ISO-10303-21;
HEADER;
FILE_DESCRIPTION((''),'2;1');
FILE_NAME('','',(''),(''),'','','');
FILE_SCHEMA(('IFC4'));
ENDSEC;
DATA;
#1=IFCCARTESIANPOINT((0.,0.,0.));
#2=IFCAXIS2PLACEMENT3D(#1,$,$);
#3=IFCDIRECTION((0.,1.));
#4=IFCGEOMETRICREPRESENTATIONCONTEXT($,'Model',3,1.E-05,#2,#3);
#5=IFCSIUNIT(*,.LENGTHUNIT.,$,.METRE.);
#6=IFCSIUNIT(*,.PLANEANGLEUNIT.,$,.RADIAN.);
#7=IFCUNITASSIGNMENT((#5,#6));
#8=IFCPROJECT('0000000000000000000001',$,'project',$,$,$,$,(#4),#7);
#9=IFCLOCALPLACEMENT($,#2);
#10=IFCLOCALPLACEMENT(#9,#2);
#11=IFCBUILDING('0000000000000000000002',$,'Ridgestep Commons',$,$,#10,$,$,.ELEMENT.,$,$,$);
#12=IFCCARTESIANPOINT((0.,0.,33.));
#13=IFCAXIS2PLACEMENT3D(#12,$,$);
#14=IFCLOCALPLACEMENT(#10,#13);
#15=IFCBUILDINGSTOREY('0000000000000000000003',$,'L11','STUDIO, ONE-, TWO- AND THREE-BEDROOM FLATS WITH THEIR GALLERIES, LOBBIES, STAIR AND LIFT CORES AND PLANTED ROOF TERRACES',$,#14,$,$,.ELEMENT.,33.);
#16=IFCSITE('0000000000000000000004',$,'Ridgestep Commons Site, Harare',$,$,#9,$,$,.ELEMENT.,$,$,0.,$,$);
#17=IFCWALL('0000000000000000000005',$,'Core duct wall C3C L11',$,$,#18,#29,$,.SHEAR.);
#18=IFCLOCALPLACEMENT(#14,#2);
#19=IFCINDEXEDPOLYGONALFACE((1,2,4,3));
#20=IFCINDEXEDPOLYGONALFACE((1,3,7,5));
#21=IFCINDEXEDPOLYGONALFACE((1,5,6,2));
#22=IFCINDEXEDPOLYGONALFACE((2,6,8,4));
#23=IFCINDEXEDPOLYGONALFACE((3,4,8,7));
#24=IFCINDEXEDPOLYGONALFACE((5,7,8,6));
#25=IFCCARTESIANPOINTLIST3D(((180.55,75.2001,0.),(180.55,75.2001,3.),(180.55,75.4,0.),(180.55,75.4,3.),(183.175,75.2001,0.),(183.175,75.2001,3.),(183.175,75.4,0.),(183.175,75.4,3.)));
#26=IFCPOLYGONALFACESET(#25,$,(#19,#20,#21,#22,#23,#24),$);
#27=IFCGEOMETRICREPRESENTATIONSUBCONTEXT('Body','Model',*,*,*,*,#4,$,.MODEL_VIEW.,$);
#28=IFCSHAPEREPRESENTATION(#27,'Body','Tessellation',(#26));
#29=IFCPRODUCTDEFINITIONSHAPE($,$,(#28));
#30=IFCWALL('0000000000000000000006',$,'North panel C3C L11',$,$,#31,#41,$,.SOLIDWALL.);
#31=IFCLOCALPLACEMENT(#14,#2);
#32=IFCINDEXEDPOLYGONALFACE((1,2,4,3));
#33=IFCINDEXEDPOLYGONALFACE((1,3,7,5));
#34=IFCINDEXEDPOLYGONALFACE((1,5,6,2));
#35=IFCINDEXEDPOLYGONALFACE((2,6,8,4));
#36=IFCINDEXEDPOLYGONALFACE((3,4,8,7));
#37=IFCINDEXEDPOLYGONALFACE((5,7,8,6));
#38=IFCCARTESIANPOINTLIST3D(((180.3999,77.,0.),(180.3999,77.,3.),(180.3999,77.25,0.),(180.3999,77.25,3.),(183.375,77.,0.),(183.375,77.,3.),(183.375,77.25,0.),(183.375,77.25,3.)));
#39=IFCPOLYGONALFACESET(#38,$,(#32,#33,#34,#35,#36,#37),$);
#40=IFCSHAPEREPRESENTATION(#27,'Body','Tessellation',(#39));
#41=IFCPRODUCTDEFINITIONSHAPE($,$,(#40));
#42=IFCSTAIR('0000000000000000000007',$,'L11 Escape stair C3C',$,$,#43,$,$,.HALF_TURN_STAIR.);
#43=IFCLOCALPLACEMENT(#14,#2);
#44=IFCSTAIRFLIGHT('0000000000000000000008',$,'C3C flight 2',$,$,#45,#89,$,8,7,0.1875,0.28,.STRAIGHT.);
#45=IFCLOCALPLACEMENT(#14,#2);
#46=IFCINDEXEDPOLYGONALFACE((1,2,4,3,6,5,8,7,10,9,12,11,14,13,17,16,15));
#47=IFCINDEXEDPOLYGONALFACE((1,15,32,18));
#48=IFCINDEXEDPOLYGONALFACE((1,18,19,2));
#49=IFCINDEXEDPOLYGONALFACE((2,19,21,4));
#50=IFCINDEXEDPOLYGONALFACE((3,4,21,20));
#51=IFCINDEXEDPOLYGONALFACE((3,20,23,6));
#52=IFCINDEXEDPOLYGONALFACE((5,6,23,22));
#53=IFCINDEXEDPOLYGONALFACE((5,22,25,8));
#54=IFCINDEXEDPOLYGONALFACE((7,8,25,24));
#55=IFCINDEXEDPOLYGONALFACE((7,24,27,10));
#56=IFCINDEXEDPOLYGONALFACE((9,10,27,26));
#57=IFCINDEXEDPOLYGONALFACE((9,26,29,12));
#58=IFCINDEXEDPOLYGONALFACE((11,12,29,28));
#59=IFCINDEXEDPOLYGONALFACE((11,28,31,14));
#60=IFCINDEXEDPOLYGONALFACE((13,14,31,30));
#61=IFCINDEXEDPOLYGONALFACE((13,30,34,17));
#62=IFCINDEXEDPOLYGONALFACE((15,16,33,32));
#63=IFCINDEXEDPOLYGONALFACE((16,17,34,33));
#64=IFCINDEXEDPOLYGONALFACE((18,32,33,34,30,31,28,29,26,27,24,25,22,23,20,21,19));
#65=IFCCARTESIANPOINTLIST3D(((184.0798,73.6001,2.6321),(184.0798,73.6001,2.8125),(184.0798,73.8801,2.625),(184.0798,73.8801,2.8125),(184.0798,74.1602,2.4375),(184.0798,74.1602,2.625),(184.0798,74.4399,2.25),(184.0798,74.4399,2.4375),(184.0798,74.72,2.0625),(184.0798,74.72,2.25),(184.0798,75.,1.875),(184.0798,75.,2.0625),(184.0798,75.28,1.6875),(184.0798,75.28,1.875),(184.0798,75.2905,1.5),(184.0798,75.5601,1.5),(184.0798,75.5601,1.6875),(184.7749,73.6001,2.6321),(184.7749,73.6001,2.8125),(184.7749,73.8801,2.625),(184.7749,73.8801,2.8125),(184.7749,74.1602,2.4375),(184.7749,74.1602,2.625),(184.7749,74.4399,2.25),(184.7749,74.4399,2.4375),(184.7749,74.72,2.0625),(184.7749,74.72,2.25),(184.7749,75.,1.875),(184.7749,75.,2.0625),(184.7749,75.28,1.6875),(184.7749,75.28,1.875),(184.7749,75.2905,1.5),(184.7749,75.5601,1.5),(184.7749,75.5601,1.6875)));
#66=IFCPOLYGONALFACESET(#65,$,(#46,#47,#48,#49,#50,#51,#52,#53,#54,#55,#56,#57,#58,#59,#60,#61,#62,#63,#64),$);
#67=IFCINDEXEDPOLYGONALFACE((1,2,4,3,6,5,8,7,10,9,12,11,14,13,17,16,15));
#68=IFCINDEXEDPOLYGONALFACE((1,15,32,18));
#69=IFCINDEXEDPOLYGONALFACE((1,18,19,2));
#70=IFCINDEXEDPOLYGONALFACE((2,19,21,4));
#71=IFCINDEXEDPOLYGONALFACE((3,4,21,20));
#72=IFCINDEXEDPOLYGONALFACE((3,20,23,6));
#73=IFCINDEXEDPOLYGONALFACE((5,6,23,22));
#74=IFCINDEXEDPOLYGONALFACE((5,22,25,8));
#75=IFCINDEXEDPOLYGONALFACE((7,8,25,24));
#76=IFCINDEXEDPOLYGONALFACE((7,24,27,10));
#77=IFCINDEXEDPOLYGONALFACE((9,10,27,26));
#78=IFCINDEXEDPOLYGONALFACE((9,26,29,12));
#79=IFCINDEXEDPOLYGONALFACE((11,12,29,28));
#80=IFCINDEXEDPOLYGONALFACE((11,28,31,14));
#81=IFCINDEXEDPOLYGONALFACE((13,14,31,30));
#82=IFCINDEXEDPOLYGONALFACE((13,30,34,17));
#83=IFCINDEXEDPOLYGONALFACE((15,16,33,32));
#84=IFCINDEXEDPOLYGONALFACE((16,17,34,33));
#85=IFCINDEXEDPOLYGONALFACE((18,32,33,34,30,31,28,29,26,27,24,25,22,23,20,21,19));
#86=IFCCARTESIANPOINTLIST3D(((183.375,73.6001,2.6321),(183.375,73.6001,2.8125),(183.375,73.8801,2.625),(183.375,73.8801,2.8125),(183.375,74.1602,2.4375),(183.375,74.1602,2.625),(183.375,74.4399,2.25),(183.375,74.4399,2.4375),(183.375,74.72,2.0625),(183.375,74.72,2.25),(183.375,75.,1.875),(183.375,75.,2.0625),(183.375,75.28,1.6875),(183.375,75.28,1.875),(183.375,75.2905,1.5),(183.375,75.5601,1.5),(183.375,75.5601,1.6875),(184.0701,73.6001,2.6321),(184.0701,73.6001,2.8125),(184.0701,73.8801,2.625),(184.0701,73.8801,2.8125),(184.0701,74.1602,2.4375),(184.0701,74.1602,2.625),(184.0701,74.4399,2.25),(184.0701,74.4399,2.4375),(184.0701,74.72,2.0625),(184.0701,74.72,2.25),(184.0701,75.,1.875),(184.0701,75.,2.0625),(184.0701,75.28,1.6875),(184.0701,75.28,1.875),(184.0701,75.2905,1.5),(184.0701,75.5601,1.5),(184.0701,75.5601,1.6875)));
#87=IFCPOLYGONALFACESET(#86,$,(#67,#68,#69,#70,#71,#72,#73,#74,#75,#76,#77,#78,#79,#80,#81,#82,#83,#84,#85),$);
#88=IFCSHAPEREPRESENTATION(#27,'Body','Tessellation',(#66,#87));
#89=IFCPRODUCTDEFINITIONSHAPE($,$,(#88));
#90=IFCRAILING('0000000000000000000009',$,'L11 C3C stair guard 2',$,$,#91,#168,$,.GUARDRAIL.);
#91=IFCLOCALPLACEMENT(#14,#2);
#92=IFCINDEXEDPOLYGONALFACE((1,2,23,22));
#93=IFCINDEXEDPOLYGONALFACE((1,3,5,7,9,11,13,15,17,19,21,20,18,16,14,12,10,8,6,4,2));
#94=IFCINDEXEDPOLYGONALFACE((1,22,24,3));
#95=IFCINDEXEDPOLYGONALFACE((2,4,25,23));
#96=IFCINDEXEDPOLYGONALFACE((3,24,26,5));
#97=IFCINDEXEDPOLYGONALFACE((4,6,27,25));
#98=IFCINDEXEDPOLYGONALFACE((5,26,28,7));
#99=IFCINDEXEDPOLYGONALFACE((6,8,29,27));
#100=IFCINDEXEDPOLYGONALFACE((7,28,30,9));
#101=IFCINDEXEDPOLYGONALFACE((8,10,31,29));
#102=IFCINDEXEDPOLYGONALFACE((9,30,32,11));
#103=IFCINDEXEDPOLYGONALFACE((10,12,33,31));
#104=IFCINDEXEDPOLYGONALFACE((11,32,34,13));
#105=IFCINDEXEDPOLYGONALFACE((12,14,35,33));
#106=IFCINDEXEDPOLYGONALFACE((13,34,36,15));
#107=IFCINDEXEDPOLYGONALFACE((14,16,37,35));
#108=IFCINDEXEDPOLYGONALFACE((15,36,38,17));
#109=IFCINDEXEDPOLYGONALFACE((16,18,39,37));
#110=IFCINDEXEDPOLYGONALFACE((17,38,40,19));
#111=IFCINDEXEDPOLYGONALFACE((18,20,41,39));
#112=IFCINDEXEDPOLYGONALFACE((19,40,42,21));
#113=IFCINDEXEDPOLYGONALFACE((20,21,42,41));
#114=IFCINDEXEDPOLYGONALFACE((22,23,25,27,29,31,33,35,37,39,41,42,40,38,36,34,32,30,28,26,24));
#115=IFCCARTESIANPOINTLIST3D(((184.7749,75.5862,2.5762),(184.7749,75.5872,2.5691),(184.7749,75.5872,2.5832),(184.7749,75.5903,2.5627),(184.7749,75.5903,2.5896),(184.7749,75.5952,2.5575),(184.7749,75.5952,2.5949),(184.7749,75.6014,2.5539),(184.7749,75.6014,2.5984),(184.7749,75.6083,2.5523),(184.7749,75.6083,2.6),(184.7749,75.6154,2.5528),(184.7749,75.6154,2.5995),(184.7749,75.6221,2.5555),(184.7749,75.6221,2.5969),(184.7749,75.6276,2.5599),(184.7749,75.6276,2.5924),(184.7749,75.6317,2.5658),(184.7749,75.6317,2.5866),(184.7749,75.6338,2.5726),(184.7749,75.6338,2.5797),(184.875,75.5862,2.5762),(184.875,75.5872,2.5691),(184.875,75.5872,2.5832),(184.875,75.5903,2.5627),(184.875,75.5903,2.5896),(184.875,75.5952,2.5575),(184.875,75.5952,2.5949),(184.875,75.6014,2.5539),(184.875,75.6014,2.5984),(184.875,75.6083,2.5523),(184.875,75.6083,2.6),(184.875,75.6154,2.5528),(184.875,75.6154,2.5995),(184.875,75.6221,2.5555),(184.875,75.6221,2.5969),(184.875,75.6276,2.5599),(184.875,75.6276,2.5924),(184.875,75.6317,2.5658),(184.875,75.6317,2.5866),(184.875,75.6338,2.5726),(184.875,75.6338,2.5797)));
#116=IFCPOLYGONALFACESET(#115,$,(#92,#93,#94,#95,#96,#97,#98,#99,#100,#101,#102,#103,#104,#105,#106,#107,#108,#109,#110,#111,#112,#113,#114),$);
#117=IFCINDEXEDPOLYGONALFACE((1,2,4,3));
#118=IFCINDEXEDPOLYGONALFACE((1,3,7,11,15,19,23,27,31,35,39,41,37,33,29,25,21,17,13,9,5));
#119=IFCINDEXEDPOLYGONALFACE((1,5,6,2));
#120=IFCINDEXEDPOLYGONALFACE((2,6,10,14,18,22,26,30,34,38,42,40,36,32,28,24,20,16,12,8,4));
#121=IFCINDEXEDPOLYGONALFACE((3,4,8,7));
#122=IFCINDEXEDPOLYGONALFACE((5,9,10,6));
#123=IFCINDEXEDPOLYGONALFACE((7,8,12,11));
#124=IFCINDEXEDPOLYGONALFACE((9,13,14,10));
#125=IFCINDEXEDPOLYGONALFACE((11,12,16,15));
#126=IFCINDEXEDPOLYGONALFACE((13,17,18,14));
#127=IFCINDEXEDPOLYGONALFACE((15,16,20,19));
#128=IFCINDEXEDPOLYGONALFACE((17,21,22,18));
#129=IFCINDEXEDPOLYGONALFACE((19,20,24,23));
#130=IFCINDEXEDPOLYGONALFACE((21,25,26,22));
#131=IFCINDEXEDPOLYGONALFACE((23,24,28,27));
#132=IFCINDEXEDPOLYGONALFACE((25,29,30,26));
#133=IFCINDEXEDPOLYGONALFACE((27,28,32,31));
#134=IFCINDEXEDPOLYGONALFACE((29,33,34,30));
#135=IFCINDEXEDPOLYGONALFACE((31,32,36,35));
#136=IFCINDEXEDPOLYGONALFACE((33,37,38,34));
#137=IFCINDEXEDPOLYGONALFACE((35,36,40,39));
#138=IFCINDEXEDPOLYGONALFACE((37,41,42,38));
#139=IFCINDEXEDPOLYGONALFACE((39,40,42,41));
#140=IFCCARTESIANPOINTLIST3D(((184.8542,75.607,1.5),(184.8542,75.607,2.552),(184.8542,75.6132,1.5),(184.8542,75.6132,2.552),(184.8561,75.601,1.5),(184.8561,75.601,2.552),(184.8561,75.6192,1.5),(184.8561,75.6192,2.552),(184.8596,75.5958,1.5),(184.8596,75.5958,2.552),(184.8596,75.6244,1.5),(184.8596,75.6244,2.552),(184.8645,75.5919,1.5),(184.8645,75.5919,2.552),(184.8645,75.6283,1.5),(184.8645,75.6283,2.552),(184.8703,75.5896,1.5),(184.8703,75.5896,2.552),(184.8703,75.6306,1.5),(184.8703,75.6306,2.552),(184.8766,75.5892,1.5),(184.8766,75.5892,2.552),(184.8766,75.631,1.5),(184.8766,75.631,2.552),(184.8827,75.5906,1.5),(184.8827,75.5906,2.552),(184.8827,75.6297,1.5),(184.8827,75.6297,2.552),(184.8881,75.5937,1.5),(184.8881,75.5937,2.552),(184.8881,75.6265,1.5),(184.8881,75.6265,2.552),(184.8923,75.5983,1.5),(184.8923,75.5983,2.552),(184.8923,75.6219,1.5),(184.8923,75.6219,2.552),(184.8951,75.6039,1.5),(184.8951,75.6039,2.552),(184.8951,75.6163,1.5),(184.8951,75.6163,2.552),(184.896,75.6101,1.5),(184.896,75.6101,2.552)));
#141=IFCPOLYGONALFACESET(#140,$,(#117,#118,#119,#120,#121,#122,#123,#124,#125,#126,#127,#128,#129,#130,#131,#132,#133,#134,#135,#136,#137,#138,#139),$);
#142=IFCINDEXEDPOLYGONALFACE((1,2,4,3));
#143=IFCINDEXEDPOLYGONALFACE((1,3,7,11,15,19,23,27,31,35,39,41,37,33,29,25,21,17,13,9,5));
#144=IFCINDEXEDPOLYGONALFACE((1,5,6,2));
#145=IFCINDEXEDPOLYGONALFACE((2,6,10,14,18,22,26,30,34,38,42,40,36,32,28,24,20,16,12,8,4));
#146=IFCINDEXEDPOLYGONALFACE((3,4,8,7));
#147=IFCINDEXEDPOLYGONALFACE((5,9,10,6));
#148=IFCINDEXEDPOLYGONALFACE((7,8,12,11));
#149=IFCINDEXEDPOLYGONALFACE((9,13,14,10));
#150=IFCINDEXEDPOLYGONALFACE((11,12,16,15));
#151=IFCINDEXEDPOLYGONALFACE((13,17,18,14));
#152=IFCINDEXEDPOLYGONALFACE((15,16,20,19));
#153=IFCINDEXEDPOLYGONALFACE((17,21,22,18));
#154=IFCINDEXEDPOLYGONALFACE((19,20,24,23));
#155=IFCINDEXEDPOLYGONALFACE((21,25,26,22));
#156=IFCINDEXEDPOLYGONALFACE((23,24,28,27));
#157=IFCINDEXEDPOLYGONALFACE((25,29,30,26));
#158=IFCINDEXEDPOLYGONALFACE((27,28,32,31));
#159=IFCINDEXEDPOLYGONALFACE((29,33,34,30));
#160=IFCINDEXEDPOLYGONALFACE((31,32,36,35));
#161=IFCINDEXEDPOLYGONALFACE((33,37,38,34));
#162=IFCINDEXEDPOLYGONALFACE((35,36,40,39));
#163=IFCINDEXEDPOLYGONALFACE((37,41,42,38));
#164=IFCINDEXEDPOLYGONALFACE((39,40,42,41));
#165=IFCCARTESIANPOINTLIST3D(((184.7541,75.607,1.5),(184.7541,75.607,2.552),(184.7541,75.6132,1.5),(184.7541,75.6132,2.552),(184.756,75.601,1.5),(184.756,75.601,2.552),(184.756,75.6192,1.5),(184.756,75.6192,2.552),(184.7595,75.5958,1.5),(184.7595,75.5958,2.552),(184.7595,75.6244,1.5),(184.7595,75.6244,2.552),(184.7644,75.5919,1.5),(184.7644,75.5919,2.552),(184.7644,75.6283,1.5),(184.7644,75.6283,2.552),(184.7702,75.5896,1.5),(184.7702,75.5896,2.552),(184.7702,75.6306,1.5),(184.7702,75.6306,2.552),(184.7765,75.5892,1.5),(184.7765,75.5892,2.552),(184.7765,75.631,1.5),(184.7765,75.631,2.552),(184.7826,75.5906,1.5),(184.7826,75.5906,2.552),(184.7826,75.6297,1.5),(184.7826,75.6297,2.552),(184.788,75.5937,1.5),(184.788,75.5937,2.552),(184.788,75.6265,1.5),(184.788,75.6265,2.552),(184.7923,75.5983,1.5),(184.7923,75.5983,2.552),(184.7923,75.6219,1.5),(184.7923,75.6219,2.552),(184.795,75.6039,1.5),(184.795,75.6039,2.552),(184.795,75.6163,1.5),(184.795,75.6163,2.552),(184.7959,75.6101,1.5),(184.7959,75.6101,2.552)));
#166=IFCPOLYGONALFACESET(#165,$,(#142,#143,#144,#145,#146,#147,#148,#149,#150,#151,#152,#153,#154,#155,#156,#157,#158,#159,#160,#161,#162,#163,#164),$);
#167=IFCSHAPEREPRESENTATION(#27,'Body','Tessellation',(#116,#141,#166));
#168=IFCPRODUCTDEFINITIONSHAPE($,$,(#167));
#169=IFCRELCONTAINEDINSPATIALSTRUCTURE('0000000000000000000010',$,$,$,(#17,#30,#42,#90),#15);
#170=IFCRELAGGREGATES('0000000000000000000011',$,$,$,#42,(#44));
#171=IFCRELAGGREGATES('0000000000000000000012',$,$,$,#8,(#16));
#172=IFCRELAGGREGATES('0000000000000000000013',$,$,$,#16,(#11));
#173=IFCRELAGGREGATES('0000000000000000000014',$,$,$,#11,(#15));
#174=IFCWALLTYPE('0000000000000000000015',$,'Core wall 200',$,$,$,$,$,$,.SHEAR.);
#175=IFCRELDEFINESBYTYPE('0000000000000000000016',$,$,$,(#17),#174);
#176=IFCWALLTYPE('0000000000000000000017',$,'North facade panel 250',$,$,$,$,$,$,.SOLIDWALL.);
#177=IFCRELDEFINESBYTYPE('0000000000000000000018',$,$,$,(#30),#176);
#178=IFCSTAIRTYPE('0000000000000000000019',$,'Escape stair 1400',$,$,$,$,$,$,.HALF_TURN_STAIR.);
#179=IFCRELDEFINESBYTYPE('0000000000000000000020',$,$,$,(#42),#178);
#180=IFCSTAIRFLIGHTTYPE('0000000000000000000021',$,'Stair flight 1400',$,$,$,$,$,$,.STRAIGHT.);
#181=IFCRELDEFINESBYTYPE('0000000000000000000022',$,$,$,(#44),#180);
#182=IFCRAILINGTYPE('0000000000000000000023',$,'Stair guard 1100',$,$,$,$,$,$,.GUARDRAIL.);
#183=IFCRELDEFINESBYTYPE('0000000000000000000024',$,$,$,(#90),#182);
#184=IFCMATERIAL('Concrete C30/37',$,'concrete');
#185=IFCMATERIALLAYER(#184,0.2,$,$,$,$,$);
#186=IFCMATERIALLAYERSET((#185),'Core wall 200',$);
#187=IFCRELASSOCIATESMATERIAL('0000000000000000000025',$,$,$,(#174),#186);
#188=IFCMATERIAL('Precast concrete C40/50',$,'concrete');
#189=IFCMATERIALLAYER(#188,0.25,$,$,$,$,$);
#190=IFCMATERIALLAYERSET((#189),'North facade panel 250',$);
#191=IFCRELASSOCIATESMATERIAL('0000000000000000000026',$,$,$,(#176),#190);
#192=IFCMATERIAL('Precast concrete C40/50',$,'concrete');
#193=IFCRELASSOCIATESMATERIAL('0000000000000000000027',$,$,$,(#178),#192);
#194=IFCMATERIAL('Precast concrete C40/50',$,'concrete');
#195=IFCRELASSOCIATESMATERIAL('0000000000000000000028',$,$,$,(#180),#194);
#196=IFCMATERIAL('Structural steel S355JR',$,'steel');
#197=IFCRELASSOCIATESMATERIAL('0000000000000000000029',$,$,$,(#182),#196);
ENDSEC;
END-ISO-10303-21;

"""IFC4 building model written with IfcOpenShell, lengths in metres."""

from ifc_helpers import new_model, si_unit, direction, frame, frame_2d, origin, origin_2d, place, context, subcontext, project, spatial, polyline, rectangle, circle, outline, extrude, material, layer, layer_set, type_object, element, aggregate, save


model = new_model("IFC4")

# Units and contexts
model_context = context("Model", 3, precision=1e-05, world=origin(), true_north=direction((0.0, 1.0)))
body_context = subcontext(model_context, "Body", "Model", "MODEL_VIEW")
ifc_project = project(units=[si_unit("LENGTHUNIT", "METRE"), si_unit("PLANEANGLEUNIT", "RADIAN")], contexts=[model_context])

# Site, building, storey
site_placement = place(None, origin())
site = spatial("IfcSite", under=ifc_project, at=site_placement, Name="Ridgestep Commons Site, Harare", CompositionType="ELEMENT", RefElevation=0.0)
building_placement = place(site_placement, origin())
building = spatial("IfcBuilding", under=site, at=building_placement, Name="Ridgestep Commons", CompositionType="ELEMENT")
storey_placement = place(building_placement, frame((0.0, 0.0, 33.0)))
storey = spatial("IfcBuildingStorey", under=building, at=storey_placement, Name="L11", Description="STUDIO, ONE-, TWO- AND THREE-BEDROOM FLATS WITH THEIR GALLERIES, LOBBIES, STAIR AND LIFT CORES AND PLANTED ROOF TERRACES", CompositionType="ELEMENT", Elevation=33.0)

# Shared definitions
ifc_material_1 = material(Name="Concrete C30/37", Category="concrete")
ifc_layer_1 = layer(ifc_material_1, 0.2)
ifc_layer_set_1 = layer_set([ifc_layer_1], Name="Core wall 200")
wall_type_1 = type_object("IfcWallType", Name="Core wall 200", PredefinedType="SHEAR", material=ifc_layer_set_1)

# Walls
wall_1_placement = place(storey_placement, frame((180.55, 75.3, 0.0), z_axis=(0.0, 0.0, 1.0), x_axis=(1.0, 0.0, 0.0)))
element("IfcWall", 1, at=wall_1_placement, inside=storey, type_object=wall_type_1, Name="Core duct wall C3C L11", PredefinedType="SHEAR", context=body_context, shape_type="SweptSolid", body=[
    extrude(rectangle(XDim=2.625, YDim=0.2, at=frame_2d((1.3125, 0.0))), origin(), (0.0, 0.0, 1.0), 3.0),
])
ifc_material_2 = material(Name="Precast concrete C40/50", Category="concrete")
ifc_layer_2 = layer(ifc_material_2, 0.25)
ifc_layer_set_2 = layer_set([ifc_layer_2], Name="North facade panel 250")
wall_type_2 = type_object("IfcWallType", Name="North facade panel 250", PredefinedType="SOLIDWALL", material=ifc_layer_set_2)
wall_2_placement = place(storey_placement, frame((180.3999, 77.125, 0.0), z_axis=(0.0, 0.0, 1.0), x_axis=(1.0, 0.0, 0.0)))
element("IfcWall", 2, at=wall_2_placement, inside=storey, type_object=wall_type_2, Name="North panel C3C L11", PredefinedType="SOLIDWALL", context=body_context, shape_type="SweptSolid", body=[
    extrude(rectangle(XDim=2.9751, YDim=0.25, at=frame_2d((1.4875, 0.0))), origin(), (0.0, 0.0, 1.0), 3.0),
])

# Stair, stair flight
ifc_material_3 = material(Name="Precast concrete C40/50", Category="concrete")
stair_type = type_object("IfcStairType", Name="Escape stair 1400", PredefinedType="HALF_TURN_STAIR", material=ifc_material_3)
stair_placement = place(storey_placement, origin())
stair = element("IfcStair", 3, at=stair_placement, inside=storey, type_object=stair_type, Name="L11 Escape stair C3C", PredefinedType="HALF_TURN_STAIR")
ifc_material_4 = material(Name="Precast concrete C40/50", Category="concrete")
stair_flight_type = type_object("IfcStairFlightType", Name="Stair flight 1400", PredefinedType="STRAIGHT", material=ifc_material_4)
stair_flight_placement = place(storey_placement, frame((184.075, 75.5601, 1.5), z_axis=(0.0, 0.0, 1.0), x_axis=(0.0, -1.0, 0.0)))
stair_flight = element("IfcStairFlight", 4, at=stair_flight_placement, type_object=stair_flight_type, Name="C3C flight 2", NumberOfRisers=8, NumberOfTreads=7, PredefinedType="STRAIGHT", RiserHeight=0.1875, TreadLength=0.28, context=body_context, shape_type="SweptSolid", body=[
    extrude(outline(polyline([(0.0, 0.0), (0.0, 0.1875), (0.28, 0.1875), (0.28, 0.375), (0.5601, 0.375), (0.5601, 0.5625), (0.8401, 0.5625), (0.8401, 0.75), (1.1201, 0.75), (1.1201, 0.9375), (1.3999, 0.9375), (1.3999, 1.125), (1.6799, 1.125), (1.6799, 1.3125), (1.96, 1.3125), (1.96, 1.5), (1.96, 1.1321), (0.2695, 0.0), (0.0, 0.0)])), frame((0.0, 0.7, 0.0), z_axis=(0.0, -1.0, 0.0), x_axis=(1.0, 0.0, 0.0)), (0.0, 0.0, 1.0), 0.6951),
    extrude(outline(polyline([(0.0, 0.0), (0.0, 0.1875), (0.28, 0.1875), (0.28, 0.375), (0.5601, 0.375), (0.5601, 0.5625), (0.8401, 0.5625), (0.8401, 0.75), (1.1201, 0.75), (1.1201, 0.9375), (1.3999, 0.9375), (1.3999, 1.125), (1.6799, 1.125), (1.6799, 1.3125), (1.96, 1.3125), (1.96, 1.5), (1.96, 1.1321), (0.2695, 0.0), (0.0, 0.0)])), frame((0.0, -0.0049, 0.0), z_axis=(0.0, -1.0, 0.0), x_axis=(1.0, 0.0, 0.0)), (0.0, 0.0, 1.0), 0.6951),
])
aggregate(stair, [stair_flight])

# Railing
ifc_material_5 = material(Name="Structural steel S355JR", Category="steel")
railing_type_1 = type_object("IfcRailingType", Name="Stair guard 1100", PredefinedType="GUARDRAIL", material=ifc_material_5)
railing_1_placement = place(storey_placement, frame((184.875, 75.6101, 1.5)))
element("IfcRailing", 5, at=railing_1_placement, inside=storey, type_object=railing_type_1, Name="L11 C3C stair guard 2", PredefinedType="GUARDRAIL", context=body_context, shape_type="SweptSolid", body=[
    extrude(circle(Radius=0.0239, at=origin_2d()), frame((0.0, 0.0, 1.0762), z_axis=(-1.0, 0.0, 0.0), x_axis=(0.0, -1.0, 0.0)), (0.0, 0.0, 1.0), 0.1001),
    extrude(circle(Radius=0.021, at=origin_2d()), origin(), (0.0, 0.0, 1.0), 1.052),
    extrude(circle(Radius=0.021, at=origin_2d()), frame((-0.1001, 0.0, 0.0)), (0.0, 0.0, 1.0), 1.052),
])

save(model, "model.ifc")
